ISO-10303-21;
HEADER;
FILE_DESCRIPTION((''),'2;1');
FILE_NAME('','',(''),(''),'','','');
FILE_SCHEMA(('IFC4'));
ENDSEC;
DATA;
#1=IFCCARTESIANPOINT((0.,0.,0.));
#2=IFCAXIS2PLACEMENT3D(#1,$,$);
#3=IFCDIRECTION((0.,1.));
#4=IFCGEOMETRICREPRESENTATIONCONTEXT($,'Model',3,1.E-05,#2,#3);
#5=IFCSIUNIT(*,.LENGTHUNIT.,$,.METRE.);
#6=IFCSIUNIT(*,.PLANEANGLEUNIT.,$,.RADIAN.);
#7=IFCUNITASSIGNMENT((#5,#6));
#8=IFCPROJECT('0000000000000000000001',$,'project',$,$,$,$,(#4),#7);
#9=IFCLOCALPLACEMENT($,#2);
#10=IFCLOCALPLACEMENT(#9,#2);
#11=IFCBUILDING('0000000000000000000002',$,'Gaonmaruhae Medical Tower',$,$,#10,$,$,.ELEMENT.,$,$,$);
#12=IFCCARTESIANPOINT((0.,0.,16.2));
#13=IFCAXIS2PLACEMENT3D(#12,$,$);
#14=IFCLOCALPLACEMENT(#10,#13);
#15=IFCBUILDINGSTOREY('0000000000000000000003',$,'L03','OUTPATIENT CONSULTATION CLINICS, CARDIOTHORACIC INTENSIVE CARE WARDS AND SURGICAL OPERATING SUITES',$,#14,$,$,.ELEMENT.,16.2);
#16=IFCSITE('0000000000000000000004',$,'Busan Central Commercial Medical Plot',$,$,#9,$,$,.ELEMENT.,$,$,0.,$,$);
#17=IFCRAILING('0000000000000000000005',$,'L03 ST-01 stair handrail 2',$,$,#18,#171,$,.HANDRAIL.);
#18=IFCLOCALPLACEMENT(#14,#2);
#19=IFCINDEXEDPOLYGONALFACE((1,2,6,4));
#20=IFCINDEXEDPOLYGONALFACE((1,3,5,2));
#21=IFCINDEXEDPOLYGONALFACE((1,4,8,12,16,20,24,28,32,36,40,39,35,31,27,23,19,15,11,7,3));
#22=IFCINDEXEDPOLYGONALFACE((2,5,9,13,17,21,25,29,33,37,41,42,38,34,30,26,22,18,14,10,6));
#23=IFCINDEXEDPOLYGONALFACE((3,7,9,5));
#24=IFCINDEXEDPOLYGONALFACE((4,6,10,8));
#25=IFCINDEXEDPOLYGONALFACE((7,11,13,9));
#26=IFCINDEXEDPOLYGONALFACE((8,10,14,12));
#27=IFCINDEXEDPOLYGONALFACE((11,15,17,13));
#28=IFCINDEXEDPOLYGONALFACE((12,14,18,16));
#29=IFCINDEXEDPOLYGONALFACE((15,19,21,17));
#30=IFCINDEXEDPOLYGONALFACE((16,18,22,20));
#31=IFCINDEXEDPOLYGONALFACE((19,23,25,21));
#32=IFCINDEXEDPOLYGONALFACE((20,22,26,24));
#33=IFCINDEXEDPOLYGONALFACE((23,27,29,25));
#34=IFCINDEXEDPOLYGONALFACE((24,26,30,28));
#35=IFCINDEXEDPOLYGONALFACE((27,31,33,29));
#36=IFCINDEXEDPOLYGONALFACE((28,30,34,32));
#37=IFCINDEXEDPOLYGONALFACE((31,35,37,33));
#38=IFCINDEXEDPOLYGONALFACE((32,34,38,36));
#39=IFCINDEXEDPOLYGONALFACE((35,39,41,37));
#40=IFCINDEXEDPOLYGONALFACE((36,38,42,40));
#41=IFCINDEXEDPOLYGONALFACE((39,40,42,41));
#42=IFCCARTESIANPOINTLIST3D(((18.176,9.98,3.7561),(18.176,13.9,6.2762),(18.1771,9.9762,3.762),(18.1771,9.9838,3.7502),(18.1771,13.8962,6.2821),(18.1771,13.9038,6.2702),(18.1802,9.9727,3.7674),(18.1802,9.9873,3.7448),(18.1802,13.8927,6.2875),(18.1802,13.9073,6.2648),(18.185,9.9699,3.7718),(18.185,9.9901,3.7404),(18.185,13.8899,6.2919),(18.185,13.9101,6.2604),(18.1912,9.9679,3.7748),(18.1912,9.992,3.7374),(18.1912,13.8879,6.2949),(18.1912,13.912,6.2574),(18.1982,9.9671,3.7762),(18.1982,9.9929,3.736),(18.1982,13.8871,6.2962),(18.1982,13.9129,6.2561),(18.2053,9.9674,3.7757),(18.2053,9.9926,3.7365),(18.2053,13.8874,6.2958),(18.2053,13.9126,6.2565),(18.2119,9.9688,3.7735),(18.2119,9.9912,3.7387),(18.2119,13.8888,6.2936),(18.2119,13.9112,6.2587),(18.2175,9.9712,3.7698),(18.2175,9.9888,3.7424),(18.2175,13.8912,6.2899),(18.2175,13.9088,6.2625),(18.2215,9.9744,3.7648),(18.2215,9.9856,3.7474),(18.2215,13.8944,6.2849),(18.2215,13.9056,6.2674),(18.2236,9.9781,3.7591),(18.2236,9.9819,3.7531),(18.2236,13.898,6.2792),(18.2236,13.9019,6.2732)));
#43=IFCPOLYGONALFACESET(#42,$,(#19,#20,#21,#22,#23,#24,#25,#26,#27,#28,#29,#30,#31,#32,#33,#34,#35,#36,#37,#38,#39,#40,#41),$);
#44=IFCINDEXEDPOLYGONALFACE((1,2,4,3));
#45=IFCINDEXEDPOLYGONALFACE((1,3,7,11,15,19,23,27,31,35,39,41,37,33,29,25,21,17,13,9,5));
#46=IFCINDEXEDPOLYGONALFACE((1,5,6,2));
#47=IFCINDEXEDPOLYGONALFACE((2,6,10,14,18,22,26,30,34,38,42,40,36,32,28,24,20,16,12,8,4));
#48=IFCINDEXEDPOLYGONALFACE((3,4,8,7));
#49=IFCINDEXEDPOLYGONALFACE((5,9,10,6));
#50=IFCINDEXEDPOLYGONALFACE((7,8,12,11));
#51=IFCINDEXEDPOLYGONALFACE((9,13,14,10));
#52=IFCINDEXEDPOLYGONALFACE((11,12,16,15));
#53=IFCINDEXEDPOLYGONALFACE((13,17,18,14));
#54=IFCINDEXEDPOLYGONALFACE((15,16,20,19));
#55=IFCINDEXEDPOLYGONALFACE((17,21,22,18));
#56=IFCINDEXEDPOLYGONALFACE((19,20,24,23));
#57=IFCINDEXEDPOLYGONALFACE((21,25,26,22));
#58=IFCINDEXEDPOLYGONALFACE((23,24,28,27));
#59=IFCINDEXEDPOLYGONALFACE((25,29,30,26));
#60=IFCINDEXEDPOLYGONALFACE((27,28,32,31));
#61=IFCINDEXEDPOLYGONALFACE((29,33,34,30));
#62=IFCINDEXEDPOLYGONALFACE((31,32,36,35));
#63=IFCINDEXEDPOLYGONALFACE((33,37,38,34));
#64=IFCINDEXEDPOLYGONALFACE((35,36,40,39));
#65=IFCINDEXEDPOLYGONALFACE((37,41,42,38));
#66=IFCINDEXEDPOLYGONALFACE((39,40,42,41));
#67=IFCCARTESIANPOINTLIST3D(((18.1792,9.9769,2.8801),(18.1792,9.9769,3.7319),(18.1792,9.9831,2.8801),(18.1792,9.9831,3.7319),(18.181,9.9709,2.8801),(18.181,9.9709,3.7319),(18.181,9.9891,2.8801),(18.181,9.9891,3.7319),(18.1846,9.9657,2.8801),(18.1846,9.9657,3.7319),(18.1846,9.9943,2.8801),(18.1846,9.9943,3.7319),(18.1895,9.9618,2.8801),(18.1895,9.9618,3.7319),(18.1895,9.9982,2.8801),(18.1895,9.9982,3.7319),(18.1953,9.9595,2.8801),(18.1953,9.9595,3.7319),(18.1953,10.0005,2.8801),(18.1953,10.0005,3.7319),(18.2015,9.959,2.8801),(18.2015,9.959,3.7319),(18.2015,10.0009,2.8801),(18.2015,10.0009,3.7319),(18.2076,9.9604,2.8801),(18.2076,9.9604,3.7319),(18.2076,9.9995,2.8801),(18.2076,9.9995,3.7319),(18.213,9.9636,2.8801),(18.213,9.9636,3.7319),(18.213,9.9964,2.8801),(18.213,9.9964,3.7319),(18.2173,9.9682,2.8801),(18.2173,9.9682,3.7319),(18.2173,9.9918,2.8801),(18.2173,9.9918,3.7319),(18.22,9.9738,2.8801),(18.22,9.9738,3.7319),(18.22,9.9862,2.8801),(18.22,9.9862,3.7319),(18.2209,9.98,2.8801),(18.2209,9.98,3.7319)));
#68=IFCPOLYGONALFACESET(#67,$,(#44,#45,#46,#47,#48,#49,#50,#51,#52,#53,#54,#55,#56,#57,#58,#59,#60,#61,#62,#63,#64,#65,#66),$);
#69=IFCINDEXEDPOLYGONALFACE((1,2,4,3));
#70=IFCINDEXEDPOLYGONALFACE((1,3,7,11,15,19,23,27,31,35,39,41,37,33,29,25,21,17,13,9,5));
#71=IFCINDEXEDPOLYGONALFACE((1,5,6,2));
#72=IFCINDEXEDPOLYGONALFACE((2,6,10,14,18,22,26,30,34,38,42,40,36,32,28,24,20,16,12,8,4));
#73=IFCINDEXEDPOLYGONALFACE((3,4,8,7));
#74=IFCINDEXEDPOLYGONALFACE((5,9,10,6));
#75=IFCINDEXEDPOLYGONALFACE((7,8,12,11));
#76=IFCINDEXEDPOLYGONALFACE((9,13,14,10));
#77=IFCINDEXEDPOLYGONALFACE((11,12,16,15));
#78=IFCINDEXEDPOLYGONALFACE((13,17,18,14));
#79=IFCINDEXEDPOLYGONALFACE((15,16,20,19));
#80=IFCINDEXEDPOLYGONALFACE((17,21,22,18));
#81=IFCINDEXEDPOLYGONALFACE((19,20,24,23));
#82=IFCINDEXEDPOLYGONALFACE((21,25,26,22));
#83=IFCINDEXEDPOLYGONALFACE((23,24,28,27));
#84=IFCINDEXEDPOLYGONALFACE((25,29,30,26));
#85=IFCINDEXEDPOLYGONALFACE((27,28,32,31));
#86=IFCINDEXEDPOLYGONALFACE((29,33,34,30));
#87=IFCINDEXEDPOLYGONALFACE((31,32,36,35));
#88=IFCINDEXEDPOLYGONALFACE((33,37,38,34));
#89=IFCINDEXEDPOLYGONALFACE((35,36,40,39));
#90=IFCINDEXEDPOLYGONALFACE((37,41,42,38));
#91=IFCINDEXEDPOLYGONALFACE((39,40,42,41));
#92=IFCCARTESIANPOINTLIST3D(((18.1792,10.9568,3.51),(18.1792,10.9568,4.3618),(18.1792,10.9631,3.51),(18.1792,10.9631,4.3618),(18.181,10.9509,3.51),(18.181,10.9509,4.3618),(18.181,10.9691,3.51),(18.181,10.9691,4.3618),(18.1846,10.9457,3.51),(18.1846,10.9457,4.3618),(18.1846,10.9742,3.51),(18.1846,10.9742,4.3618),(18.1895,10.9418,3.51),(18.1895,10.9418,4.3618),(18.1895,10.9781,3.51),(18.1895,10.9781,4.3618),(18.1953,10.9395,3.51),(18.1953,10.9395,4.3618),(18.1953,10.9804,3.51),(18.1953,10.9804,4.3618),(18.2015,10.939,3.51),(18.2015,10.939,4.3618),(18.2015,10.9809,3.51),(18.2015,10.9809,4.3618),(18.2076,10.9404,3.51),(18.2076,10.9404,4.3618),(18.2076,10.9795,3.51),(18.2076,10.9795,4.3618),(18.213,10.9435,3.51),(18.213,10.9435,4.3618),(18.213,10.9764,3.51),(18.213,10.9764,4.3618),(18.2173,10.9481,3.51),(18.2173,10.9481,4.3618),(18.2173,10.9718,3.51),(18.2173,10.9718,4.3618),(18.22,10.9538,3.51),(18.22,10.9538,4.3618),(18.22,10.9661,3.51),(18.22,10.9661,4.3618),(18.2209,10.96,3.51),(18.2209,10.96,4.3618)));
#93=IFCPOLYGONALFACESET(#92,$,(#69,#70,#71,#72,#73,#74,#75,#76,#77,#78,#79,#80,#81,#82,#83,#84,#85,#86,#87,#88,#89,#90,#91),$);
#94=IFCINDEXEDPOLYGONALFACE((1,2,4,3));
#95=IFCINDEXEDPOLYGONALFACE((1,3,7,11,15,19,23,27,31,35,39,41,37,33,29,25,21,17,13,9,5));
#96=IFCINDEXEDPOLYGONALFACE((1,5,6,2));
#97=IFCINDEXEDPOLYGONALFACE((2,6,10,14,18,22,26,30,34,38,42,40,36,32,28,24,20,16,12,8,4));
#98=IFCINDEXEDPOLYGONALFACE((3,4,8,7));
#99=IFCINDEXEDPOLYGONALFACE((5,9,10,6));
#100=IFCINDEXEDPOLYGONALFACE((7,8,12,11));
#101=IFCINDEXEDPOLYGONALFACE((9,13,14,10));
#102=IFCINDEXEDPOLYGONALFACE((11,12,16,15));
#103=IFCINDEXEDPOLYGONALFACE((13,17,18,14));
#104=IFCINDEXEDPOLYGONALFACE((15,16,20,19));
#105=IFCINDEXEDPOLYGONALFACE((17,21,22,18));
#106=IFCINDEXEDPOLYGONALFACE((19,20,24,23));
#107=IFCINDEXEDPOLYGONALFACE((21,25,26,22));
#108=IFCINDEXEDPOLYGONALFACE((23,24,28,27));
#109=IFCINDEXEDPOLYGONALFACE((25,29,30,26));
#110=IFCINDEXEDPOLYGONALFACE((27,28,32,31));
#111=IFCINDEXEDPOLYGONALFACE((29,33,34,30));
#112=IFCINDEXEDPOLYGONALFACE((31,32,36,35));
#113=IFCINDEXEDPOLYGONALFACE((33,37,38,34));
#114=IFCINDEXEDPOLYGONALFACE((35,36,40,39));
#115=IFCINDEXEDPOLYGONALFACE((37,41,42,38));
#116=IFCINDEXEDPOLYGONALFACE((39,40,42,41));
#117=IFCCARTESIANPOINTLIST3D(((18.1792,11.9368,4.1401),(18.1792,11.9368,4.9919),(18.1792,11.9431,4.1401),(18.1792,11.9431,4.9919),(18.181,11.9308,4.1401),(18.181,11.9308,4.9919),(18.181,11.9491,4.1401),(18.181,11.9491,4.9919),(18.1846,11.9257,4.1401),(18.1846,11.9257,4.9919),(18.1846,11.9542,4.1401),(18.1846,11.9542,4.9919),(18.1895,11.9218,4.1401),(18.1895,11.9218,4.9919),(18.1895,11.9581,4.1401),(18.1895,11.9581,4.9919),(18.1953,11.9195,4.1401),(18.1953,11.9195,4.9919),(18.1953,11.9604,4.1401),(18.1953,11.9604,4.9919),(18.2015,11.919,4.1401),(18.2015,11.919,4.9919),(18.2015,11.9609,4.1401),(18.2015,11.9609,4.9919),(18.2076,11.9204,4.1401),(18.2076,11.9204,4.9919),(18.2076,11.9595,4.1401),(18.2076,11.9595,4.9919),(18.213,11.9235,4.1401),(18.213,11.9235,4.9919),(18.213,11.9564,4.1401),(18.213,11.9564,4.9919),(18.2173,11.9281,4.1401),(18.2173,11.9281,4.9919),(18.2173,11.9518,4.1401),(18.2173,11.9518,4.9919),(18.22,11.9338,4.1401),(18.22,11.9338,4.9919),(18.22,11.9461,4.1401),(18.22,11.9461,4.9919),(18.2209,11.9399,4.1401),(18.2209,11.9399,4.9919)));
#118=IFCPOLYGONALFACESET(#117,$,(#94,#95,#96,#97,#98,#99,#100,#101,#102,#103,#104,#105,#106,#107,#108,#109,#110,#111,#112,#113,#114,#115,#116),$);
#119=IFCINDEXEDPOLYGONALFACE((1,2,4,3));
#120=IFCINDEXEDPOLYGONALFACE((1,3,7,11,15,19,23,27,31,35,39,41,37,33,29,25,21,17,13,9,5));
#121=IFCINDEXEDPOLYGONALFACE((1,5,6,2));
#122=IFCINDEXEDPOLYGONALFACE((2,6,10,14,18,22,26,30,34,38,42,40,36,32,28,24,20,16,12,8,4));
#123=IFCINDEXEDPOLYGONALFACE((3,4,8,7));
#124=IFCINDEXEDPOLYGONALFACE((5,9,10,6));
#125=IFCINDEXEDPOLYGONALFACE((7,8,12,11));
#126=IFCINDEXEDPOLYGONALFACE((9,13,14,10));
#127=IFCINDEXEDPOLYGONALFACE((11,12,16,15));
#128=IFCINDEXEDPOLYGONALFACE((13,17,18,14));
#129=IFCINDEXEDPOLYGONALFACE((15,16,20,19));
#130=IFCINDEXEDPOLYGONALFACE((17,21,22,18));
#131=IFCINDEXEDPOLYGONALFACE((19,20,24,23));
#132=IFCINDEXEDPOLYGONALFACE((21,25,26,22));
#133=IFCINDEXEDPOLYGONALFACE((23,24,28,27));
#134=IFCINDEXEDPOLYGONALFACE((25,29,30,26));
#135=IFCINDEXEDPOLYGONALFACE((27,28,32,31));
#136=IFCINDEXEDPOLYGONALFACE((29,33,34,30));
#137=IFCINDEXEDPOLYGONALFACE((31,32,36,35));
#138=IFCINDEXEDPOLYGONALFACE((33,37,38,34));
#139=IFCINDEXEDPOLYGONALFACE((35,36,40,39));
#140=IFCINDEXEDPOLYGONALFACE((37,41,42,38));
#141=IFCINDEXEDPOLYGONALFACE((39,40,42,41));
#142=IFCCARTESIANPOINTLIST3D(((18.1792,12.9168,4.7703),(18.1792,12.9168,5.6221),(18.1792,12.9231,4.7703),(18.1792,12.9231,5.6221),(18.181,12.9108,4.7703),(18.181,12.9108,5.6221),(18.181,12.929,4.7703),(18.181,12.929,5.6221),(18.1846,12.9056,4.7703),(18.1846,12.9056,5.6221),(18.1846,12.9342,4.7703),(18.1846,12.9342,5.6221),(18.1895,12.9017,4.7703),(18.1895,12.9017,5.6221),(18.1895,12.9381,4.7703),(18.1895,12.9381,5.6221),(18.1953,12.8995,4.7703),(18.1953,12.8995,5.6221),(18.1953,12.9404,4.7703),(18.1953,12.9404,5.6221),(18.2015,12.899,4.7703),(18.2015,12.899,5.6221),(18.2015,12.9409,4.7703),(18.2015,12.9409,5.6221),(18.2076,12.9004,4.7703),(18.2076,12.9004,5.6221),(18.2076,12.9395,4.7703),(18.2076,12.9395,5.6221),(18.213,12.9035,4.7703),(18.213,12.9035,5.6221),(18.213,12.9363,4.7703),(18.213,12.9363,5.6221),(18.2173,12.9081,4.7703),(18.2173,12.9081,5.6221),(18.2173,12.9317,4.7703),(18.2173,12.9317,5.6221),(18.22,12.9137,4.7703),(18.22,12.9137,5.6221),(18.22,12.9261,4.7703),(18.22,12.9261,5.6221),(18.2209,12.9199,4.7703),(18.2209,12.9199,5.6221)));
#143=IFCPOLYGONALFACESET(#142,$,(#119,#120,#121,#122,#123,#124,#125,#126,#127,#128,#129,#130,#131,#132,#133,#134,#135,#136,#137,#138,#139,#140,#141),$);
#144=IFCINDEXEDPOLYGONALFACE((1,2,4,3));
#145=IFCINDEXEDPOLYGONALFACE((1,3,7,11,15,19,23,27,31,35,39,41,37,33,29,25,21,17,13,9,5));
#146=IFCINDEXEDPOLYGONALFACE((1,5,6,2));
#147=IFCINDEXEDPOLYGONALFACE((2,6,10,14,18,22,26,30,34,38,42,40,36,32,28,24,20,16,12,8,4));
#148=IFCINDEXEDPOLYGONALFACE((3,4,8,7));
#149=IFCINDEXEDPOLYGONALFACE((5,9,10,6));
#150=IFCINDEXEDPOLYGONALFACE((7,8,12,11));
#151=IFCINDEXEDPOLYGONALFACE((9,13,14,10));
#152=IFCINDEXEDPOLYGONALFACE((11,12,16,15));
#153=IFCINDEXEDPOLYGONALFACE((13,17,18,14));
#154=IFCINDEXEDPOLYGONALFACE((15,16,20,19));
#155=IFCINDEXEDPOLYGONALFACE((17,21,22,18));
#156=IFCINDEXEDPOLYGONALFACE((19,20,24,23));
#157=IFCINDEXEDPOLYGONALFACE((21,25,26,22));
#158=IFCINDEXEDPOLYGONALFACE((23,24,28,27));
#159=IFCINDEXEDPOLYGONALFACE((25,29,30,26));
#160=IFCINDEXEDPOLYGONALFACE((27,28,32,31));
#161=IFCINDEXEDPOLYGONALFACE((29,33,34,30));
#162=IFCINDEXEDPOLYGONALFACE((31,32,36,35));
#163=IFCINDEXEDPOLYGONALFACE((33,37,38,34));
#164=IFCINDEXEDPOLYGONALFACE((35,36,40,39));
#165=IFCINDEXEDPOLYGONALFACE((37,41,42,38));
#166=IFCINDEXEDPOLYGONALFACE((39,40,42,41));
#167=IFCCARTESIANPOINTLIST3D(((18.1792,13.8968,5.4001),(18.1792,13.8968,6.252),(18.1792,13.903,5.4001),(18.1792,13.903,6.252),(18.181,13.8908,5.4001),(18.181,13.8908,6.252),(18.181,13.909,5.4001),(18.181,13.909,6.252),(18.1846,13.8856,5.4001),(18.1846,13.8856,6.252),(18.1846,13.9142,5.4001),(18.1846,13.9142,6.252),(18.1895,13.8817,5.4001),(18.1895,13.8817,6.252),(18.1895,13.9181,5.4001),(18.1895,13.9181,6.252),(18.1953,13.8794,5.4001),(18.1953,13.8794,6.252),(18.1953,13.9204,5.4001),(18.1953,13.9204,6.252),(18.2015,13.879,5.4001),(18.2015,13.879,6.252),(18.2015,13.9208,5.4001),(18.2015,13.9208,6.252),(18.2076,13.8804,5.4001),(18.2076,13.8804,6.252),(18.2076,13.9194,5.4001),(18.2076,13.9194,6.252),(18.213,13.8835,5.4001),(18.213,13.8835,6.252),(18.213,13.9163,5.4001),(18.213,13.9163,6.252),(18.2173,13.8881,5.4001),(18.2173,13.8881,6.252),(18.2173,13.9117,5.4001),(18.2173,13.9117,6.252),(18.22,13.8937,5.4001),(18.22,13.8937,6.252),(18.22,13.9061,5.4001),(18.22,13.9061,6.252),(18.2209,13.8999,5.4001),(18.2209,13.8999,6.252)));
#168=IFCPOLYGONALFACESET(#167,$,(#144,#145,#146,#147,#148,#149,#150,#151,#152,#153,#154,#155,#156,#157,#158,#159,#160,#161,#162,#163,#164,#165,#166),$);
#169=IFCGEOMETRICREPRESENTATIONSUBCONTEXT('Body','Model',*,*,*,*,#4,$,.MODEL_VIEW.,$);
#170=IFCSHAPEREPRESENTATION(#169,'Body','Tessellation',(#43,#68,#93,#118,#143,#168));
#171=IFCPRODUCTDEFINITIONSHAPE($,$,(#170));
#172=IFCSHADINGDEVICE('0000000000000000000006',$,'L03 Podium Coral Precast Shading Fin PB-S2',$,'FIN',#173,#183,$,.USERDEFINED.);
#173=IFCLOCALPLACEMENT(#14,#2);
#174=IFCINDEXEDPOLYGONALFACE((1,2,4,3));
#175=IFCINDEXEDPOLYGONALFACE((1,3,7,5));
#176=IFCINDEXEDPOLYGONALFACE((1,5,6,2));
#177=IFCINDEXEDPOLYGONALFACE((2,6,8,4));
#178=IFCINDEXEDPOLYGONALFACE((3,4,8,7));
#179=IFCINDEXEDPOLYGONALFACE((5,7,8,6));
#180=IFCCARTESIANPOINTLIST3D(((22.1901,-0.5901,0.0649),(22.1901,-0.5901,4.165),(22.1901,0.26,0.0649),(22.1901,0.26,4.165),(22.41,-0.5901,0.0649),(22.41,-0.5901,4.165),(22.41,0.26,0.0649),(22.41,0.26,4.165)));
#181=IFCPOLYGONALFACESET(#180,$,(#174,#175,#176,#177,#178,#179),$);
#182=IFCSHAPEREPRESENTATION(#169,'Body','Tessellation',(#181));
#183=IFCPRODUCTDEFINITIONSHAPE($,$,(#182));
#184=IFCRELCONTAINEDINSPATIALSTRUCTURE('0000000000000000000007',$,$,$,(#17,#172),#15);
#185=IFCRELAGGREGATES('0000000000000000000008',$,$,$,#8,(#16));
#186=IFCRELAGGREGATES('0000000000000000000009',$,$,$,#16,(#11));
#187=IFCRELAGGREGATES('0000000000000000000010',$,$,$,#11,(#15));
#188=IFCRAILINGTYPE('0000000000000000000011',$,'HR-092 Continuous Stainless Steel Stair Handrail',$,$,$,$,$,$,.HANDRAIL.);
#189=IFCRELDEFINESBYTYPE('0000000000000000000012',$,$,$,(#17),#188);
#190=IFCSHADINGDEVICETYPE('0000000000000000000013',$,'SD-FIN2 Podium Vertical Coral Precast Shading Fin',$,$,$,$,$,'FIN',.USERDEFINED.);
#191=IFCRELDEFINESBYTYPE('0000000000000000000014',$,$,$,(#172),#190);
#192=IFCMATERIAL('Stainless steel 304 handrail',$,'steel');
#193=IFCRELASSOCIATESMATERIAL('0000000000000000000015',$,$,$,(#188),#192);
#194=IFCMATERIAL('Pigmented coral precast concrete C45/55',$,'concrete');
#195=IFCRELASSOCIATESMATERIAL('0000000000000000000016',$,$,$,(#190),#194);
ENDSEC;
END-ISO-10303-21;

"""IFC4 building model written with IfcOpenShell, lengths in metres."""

from ifc_helpers import new_model, si_unit, direction, frame, origin, origin_2d, place, context, subcontext, project, spatial, rectangle, circle, extrude, material, type_object, element, save


model = new_model("IFC4")

# Units and contexts
model_context = context("Model", 3, precision=1e-05, world=origin(), true_north=direction((0.0, 1.0)))
body_context = subcontext(model_context, "Body", "Model", "MODEL_VIEW")
ifc_project = project(units=[si_unit("LENGTHUNIT", "METRE"), si_unit("PLANEANGLEUNIT", "RADIAN")], contexts=[model_context])

# Site, building, storey
site_placement = place(None, origin())
site = spatial("IfcSite", under=ifc_project, at=site_placement, Name="Busan Central Commercial Medical Plot", CompositionType="ELEMENT", RefElevation=0.0)
building_placement = place(site_placement, origin())
building = spatial("IfcBuilding", under=site, at=building_placement, Name="Gaonmaruhae Medical Tower", CompositionType="ELEMENT")
storey_placement = place(building_placement, frame((0.0, 0.0, 16.2)))
storey = spatial("IfcBuildingStorey", under=building, at=storey_placement, Name="L03", Description="OUTPATIENT CONSULTATION CLINICS, CARDIOTHORACIC INTENSIVE CARE WARDS AND SURGICAL OPERATING SUITES", CompositionType="ELEMENT", Elevation=16.2)

# Railing
ifc_material_1 = material(Name="Stainless steel 304 handrail", Category="steel")
railing_type_1 = type_object("IfcRailingType", Name="HR-092 Continuous Stainless Steel Stair Handrail", PredefinedType="HANDRAIL", material=ifc_material_1)
railing_1_placement = place(storey_placement, frame((18.2, 9.98, 2.8801)))
element("IfcRailing", 1, at=railing_1_placement, inside=storey, type_object=railing_type_1, Name="L03 ST-01 stair handrail 2", PredefinedType="HANDRAIL", context=body_context, shape_type="SweptSolid", body=[
    extrude(circle(Radius=0.0239, at=origin_2d()), frame((0.0, 0.0, 0.876), z_axis=(0.0, 0.841172, 0.540768), x_axis=(-1.0, 0.0, 0.0)), (0.0, 0.0, 1.0), 4.6602),
    extrude(circle(Radius=0.021, at=origin_2d()), origin(), (0.0, 0.0, 1.0), 0.8518),
    extrude(circle(Radius=0.021, at=origin_2d()), frame((0.0, 0.98, 0.6299)), (0.0, 0.0, 1.0), 0.8518),
    extrude(circle(Radius=0.021, at=origin_2d()), frame((0.0, 1.96, 1.26)), (0.0, 0.0, 1.0), 0.8518),
    extrude(circle(Radius=0.021, at=origin_2d()), frame((0.0, 2.9399, 1.8901)), (0.0, 0.0, 1.0), 0.8518),
    extrude(circle(Radius=0.021, at=origin_2d()), frame((0.0, 3.9199, 2.52)), (0.0, 0.0, 1.0), 0.8518),
])

# Shading device
ifc_material_2 = material(Name="Pigmented coral precast concrete C45/55", Category="concrete")
shading_device_type = type_object("IfcShadingDeviceType", Name="SD-FIN2 Podium Vertical Coral Precast Shading Fin", ElementType="FIN", PredefinedType="USERDEFINED", material=ifc_material_2)
shading_device_placement = place(storey_placement, frame((22.3, -0.165, 0.0649), z_axis=(0.0, 0.0, 1.0), x_axis=(-1.0, 0.0, 0.0)))
element("IfcShadingDevice", 2, at=shading_device_placement, inside=storey, type_object=shading_device_type, Name="L03 Podium Coral Precast Shading Fin PB-S2", ObjectType="FIN", PredefinedType="USERDEFINED", context=body_context, shape_type="SweptSolid", body=[
    extrude(rectangle(XDim=0.22, YDim=0.8501, at=origin_2d()), origin(), (0.0, 0.0, 1.0), 4.1001),
])

save(model, "model.ifc")
